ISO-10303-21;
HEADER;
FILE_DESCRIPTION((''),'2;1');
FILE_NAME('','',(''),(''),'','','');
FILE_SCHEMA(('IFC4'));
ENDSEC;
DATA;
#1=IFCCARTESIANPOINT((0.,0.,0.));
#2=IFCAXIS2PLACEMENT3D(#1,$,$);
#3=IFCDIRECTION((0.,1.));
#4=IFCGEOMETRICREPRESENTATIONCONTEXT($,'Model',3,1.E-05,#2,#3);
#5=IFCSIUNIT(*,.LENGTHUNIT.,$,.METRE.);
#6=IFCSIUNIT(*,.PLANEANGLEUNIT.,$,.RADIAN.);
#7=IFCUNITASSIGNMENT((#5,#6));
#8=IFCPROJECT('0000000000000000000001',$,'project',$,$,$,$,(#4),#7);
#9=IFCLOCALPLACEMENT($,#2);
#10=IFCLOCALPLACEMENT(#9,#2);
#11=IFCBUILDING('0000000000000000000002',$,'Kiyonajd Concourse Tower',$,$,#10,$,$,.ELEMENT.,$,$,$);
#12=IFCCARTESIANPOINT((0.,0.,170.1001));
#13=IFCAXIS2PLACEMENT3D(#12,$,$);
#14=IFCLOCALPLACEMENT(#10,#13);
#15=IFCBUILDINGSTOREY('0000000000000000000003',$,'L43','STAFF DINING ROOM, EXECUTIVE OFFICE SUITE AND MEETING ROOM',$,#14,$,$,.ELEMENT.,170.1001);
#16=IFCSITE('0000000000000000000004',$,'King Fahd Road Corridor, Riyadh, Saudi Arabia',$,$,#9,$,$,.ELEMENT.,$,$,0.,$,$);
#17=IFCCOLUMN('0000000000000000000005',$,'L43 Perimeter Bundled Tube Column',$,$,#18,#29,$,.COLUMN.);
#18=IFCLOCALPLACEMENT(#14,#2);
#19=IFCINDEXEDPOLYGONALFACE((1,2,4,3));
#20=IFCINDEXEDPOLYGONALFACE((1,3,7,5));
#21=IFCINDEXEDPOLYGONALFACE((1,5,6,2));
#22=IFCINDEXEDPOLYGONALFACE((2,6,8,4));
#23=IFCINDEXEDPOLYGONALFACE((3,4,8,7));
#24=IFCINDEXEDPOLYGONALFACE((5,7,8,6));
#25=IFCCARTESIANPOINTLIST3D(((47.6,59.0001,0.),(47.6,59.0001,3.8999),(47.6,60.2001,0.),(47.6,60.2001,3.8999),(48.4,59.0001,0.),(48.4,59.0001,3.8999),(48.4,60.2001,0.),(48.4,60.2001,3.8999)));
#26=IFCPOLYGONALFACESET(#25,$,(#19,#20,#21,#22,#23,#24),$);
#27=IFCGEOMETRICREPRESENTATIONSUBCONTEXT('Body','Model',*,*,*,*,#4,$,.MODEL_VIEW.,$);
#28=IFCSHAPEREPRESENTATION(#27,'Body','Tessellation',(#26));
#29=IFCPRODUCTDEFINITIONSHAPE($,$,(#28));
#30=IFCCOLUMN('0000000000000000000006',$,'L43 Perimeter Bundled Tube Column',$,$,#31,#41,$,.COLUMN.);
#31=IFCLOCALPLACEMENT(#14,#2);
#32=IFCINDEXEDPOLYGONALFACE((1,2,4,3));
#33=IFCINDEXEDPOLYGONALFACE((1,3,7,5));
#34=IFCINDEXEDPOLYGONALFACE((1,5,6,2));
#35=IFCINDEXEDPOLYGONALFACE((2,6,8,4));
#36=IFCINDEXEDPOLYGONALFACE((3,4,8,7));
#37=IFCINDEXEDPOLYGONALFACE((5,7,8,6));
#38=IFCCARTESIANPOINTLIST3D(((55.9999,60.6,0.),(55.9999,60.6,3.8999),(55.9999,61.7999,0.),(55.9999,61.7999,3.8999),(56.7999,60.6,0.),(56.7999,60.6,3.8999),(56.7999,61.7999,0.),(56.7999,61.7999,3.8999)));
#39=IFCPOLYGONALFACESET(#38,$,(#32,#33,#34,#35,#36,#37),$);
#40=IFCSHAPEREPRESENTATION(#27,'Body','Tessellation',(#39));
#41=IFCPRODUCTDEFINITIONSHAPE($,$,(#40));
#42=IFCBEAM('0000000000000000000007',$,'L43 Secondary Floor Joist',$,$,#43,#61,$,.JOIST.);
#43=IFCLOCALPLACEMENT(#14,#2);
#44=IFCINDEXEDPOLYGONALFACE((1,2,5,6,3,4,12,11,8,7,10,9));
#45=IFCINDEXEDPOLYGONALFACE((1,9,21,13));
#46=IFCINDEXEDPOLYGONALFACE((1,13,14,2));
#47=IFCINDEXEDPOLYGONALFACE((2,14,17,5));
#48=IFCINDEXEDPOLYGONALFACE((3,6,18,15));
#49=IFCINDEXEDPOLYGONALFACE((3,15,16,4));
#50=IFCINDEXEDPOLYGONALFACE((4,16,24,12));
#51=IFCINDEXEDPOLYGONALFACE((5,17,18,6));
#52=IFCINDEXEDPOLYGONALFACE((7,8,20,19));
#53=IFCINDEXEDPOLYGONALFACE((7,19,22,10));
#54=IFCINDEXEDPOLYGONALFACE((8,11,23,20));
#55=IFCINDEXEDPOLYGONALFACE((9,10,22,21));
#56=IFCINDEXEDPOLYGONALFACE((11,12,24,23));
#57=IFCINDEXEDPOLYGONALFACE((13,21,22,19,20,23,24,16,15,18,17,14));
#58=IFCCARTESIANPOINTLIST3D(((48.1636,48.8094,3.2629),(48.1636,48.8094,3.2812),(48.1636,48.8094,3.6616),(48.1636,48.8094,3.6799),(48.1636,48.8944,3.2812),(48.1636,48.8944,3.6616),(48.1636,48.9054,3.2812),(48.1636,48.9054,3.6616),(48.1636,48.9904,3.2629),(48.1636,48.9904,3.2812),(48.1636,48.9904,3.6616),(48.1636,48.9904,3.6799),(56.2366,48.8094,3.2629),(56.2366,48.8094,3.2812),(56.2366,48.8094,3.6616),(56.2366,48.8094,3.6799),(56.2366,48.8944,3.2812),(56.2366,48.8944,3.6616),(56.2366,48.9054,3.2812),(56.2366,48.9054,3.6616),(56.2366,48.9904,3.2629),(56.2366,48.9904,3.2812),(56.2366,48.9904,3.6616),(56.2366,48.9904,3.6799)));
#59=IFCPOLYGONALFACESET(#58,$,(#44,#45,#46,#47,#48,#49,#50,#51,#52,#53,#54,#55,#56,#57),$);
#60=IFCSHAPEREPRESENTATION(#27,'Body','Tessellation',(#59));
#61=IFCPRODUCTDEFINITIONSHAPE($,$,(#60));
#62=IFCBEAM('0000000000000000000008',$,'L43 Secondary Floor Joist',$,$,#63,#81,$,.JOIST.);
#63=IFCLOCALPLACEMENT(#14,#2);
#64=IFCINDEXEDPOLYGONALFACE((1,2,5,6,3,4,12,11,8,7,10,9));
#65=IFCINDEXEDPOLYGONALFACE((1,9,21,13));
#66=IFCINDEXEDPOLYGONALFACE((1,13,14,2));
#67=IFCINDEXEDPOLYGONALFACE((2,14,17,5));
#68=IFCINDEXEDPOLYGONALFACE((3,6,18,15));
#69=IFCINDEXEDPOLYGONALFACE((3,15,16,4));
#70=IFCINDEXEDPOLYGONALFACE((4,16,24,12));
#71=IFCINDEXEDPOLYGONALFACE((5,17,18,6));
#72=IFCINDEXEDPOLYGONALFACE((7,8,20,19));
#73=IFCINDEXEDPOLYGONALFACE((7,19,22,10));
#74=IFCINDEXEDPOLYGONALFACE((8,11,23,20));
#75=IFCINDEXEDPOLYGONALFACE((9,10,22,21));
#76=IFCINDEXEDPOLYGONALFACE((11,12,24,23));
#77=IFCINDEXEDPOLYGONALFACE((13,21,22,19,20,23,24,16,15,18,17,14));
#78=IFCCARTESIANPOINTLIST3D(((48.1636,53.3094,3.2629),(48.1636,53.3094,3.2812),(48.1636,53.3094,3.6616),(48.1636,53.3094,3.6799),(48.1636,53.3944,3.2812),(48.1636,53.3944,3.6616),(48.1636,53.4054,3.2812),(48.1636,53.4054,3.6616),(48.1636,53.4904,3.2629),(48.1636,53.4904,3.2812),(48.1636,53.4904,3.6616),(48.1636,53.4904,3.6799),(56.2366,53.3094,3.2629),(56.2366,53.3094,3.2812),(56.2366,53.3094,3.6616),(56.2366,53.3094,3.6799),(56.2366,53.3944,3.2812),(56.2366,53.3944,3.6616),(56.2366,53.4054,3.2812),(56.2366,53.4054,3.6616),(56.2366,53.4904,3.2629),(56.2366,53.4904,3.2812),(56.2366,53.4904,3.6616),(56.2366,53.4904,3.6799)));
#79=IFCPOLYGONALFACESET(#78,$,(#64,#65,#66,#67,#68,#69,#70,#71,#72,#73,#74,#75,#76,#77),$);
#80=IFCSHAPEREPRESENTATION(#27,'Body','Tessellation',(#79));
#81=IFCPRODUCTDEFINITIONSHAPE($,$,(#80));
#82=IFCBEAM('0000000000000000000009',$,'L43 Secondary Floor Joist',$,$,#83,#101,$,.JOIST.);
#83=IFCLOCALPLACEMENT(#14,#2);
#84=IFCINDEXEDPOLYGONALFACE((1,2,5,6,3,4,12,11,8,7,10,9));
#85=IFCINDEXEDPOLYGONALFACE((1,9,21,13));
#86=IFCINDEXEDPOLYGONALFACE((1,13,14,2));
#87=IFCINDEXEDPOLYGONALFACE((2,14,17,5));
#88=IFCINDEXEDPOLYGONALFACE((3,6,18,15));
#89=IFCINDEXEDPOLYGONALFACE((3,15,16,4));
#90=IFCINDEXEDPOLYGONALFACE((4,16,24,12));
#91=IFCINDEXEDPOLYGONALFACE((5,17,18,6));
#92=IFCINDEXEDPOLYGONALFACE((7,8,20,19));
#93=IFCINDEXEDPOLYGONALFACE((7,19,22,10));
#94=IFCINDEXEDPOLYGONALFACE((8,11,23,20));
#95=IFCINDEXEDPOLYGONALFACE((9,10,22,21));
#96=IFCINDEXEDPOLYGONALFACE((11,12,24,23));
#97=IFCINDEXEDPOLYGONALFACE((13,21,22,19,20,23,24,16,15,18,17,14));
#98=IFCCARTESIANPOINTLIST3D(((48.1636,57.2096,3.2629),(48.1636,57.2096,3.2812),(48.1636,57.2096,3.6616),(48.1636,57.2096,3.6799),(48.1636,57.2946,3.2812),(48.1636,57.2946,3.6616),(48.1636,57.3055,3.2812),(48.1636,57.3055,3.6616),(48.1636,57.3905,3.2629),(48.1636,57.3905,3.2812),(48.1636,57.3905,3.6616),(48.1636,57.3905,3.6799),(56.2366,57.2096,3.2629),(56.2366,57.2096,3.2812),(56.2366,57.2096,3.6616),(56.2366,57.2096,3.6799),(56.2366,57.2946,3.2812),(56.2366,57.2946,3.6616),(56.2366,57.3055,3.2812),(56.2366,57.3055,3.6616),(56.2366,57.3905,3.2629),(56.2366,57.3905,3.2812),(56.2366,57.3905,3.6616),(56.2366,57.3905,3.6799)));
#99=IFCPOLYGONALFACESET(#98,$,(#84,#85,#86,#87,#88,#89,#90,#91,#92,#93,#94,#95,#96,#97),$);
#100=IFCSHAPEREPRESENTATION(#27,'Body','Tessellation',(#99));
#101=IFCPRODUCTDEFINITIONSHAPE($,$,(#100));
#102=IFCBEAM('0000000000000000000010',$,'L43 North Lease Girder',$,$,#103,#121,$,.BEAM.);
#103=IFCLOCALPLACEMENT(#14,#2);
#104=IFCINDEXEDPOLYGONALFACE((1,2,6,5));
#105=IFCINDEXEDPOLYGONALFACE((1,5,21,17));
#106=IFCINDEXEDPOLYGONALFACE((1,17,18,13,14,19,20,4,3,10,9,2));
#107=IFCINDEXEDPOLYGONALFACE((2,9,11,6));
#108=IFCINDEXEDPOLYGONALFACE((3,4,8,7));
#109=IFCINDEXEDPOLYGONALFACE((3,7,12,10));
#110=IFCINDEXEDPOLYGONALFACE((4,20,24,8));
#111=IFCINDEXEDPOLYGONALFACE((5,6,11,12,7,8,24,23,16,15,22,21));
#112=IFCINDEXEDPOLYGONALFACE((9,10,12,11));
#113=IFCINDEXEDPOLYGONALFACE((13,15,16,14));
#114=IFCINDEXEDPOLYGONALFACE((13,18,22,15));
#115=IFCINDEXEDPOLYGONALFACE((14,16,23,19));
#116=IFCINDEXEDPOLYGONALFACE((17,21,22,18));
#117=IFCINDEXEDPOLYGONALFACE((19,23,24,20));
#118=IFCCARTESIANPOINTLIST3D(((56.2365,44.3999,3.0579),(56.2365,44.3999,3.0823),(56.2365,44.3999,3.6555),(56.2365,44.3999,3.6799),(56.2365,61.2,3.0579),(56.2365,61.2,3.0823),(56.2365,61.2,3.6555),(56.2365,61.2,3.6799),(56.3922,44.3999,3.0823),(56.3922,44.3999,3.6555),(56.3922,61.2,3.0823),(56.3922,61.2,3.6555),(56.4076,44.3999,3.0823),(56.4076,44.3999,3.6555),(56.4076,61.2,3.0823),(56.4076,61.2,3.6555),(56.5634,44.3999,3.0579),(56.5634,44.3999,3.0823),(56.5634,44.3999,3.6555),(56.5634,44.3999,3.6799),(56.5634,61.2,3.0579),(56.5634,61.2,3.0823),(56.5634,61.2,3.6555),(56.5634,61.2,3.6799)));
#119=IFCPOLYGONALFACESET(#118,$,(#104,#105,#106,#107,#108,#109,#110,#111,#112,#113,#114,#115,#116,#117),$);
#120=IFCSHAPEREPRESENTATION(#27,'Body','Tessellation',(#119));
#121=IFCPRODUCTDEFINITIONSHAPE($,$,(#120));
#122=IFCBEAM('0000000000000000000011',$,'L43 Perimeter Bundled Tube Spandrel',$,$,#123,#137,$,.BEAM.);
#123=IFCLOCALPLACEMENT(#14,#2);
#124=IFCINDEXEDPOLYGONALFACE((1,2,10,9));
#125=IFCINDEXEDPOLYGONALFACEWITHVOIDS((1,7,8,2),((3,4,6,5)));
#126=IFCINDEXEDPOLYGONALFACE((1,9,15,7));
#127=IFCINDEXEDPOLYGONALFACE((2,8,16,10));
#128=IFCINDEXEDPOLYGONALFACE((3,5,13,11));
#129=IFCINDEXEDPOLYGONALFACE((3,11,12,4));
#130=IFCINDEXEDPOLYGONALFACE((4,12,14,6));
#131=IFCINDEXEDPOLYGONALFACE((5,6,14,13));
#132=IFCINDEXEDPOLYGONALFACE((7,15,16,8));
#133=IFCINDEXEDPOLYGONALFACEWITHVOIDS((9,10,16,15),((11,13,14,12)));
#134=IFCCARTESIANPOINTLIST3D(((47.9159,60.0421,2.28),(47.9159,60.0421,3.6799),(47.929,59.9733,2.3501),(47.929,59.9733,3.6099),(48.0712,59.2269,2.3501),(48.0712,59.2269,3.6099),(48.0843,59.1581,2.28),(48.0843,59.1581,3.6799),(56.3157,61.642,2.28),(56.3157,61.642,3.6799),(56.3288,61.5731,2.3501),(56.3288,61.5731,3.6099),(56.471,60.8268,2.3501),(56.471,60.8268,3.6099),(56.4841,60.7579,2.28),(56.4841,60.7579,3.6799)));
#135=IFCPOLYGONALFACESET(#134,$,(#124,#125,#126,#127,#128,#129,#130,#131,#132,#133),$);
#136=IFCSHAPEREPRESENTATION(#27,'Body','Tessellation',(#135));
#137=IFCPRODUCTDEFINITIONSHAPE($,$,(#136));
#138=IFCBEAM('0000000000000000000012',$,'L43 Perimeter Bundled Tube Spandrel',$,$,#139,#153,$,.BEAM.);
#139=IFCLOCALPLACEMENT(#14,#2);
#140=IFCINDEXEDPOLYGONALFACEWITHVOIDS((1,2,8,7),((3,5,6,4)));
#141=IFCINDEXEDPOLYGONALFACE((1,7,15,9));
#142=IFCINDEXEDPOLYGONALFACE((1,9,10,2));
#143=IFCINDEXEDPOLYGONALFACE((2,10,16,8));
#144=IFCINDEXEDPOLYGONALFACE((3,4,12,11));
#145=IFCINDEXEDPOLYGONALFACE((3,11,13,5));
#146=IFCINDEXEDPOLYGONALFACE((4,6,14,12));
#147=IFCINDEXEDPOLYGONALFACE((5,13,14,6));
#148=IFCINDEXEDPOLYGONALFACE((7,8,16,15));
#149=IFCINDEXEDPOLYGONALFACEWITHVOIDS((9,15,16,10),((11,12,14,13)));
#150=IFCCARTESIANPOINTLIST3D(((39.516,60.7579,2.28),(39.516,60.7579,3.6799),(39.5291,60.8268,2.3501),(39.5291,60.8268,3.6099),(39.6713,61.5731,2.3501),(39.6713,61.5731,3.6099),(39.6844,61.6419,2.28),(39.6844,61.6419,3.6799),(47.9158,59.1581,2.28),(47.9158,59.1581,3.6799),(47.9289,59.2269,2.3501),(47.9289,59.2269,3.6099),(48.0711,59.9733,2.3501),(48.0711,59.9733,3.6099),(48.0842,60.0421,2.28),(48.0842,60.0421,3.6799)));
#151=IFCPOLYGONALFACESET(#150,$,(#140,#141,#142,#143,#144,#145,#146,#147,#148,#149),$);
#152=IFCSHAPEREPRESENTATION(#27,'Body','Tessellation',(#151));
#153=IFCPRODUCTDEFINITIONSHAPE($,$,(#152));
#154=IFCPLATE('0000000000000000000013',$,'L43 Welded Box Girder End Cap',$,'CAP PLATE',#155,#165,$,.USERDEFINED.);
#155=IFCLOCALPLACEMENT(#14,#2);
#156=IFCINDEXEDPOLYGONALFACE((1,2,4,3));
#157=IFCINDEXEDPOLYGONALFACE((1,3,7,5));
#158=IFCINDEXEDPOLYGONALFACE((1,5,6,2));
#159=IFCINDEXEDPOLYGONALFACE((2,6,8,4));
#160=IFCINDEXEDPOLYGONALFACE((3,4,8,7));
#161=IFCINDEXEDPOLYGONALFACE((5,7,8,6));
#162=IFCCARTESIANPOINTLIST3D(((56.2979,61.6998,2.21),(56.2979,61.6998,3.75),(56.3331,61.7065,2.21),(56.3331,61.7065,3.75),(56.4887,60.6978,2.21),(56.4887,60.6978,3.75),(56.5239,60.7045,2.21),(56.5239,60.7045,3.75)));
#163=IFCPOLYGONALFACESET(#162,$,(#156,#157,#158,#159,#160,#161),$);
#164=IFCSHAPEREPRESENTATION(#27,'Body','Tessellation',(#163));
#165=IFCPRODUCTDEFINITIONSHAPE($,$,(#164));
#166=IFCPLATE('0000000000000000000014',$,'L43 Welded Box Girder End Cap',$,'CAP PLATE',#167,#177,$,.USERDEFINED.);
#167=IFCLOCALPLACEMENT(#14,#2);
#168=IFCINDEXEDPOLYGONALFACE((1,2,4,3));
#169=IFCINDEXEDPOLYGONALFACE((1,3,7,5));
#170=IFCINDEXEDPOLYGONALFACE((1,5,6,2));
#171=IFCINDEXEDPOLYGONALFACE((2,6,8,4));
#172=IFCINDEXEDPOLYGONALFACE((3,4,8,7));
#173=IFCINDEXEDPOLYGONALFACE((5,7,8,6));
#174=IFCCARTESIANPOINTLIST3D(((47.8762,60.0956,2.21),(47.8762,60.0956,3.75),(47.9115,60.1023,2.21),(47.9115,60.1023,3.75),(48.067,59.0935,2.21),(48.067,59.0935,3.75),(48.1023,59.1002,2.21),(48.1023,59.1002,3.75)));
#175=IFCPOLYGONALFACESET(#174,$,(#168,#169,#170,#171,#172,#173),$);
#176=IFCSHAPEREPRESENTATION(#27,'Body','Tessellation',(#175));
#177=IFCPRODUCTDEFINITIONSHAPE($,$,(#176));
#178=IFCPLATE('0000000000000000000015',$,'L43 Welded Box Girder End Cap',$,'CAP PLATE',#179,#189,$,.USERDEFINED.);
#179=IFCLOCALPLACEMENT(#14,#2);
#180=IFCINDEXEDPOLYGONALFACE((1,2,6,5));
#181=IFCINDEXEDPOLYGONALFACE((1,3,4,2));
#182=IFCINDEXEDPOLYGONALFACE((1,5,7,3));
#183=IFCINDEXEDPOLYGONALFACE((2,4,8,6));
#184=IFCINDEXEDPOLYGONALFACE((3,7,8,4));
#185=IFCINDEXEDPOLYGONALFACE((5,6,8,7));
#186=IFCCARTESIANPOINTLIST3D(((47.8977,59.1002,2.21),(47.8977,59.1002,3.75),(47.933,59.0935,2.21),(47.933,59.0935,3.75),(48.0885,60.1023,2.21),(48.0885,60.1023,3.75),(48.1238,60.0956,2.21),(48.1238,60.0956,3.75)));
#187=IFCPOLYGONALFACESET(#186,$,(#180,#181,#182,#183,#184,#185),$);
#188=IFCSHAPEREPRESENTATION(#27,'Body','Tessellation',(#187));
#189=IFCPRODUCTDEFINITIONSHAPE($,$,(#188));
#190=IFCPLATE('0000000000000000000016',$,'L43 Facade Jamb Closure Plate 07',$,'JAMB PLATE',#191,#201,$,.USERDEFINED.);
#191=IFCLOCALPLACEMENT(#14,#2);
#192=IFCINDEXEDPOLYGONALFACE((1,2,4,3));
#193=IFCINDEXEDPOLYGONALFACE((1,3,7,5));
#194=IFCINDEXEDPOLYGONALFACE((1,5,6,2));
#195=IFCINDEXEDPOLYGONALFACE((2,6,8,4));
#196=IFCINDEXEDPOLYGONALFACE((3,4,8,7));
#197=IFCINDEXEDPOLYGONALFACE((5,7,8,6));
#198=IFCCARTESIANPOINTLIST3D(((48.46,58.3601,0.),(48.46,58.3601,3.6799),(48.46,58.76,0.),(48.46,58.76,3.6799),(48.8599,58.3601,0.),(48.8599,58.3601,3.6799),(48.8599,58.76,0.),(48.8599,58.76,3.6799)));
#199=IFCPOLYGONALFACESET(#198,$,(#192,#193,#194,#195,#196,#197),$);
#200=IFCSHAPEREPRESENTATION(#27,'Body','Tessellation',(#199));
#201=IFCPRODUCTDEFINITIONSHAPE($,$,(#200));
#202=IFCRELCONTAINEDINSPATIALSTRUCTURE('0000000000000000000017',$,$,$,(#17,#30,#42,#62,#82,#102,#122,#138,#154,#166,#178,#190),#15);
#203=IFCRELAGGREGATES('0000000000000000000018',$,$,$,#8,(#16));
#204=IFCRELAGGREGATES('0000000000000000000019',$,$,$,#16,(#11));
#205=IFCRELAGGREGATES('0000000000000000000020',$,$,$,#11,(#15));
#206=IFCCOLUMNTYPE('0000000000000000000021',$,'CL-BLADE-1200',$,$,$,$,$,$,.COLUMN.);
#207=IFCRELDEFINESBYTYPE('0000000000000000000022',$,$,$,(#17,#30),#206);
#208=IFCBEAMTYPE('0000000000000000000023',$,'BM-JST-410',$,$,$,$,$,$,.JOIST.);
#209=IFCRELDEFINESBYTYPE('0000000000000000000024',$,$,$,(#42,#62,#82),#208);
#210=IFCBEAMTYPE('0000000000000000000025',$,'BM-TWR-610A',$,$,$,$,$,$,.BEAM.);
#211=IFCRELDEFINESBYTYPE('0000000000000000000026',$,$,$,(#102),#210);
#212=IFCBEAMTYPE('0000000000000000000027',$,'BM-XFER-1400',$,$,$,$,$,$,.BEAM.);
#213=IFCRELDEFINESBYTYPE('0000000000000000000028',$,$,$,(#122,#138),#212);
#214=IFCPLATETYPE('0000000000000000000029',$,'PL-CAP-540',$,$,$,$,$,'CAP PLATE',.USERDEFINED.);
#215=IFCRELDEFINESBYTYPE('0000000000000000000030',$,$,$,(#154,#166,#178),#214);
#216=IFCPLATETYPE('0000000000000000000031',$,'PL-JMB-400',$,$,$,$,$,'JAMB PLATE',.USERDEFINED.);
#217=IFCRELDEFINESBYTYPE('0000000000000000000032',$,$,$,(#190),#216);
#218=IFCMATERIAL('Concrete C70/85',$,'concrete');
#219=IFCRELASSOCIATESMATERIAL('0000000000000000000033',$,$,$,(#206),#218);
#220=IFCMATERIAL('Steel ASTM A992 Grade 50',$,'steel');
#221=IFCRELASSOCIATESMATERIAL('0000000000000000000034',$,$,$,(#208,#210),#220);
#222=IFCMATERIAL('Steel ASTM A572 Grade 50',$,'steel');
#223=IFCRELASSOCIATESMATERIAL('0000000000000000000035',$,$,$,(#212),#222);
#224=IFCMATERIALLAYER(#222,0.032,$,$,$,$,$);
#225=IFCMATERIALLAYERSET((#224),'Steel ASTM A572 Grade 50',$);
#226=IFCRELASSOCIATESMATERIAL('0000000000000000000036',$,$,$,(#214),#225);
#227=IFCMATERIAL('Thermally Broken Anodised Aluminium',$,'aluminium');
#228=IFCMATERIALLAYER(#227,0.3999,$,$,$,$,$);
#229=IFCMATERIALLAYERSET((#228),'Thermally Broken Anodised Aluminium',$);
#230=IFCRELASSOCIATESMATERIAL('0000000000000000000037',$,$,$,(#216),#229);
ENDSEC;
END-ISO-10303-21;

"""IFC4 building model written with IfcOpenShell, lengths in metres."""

from ifc_helpers import new_model, si_unit, direction, frame, origin, origin_2d, place, context, subcontext, project, spatial, rectangle, hollow_rectangle, i_section, extrude, material, layer, layer_set, material_profile, profile_set, type_object, element, save


model = new_model("IFC4")

# Units and contexts
model_context = context("Model", 3, precision=1e-05, world=origin(), true_north=direction((0.0, 1.0)))
body_context = subcontext(model_context, "Body", "Model", "MODEL_VIEW")
ifc_project = project(units=[si_unit("LENGTHUNIT", "METRE"), si_unit("PLANEANGLEUNIT", "RADIAN")], contexts=[model_context])

# Site, building, storey
site_placement = place(None, origin())
site = spatial("IfcSite", under=ifc_project, at=site_placement, Name="King Fahd Road Corridor, Riyadh, Saudi Arabia", CompositionType="ELEMENT", RefElevation=0.0)
building_placement = place(site_placement, origin())
building = spatial("IfcBuilding", under=site, at=building_placement, Name="Kiyonajd Concourse Tower", CompositionType="ELEMENT")
storey_placement = place(building_placement, frame((0.0, 0.0, 170.1001)))
storey = spatial("IfcBuildingStorey", under=building, at=storey_placement, Name="L43", Description="STAFF DINING ROOM, EXECUTIVE OFFICE SUITE AND MEETING ROOM", CompositionType="ELEMENT", Elevation=170.1001)

# Columns
ifc_material_1 = material(Name="Concrete C70/85", Category="concrete")
ifc_material_profile_1 = material_profile(ifc_material_1, rectangle(XDim=0.8, YDim=1.2, at=origin_2d()), Name="RC-1200x800")
ifc_profile_set_1 = profile_set([ifc_material_profile_1], Name="Concrete C70/85")
column_type = type_object("IfcColumnType", Name="CL-BLADE-1200", PredefinedType="COLUMN", material=ifc_profile_set_1)
for number, where, z_axis, x_axis, name in (
    (1, (48.0, 59.6001, 0.0), (0.0, 0.0, 1.0), (1.0, 0.0, 0.0), "L43 Perimeter Bundled Tube Column"),
    (2, (56.3999, 61.2, 0.0), (0.0, 0.0, 1.0), (1.0, 0.0, 0.0), "L43 Perimeter Bundled Tube Column"),
):
    element("IfcColumn", number, at=place(storey_placement, frame(where, z_axis=z_axis, x_axis=x_axis)), inside=storey, type_object=column_type, Name=name, PredefinedType="COLUMN", context=body_context, shape_type="SweptSolid", body=[
        extrude(rectangle(XDim=0.8, YDim=1.2, at=origin_2d()), origin(), (0.0, 0.0, 1.0), 3.8999),
    ])

# Beams
ifc_material_2 = material(Name="Steel ASTM A992 Grade 50", Category="steel")
ifc_material_profile_2 = material_profile(ifc_material_2, i_section(OverallWidth=0.1809, OverallDepth=0.417, WebThickness=0.011, FlangeThickness=0.0183, at=origin_2d()), Name="W410X85")
ifc_profile_set_2 = profile_set([ifc_material_profile_2], Name="Steel ASTM A992 Grade 50")
beam_type_1 = type_object("IfcBeamType", Name="BM-JST-410", PredefinedType="JOIST", material=ifc_profile_set_2)
for number, where, z_axis, x_axis, name in (
    (3, (48.1636, 48.8999, 3.4714), (1.0, 0.0, 0.0), (0.0, 1.0, 0.0), "L43 Secondary Floor Joist"),
    (4, (48.1636, 53.3999, 3.4714), (1.0, 0.0, 0.0), (0.0, 1.0, 0.0), "L43 Secondary Floor Joist"),
    (5, (48.1636, 57.3, 3.4714), (1.0, 0.0, 0.0), (0.0, 1.0, 0.0), "L43 Secondary Floor Joist"),
):
    element("IfcBeam", number, at=place(storey_placement, frame(where, z_axis=z_axis, x_axis=x_axis)), inside=storey, type_object=beam_type_1, Name=name, PredefinedType="JOIST", context=body_context, shape_type="SweptSolid", body=[
        extrude(i_section(OverallWidth=0.1809, OverallDepth=0.417, WebThickness=0.011, FlangeThickness=0.0183, at=origin_2d()), origin(), (0.0, 0.0, 1.0), 8.073),
    ])
ifc_material_profile_3 = material_profile(ifc_material_2, i_section(OverallWidth=0.3269, OverallDepth=0.6221, WebThickness=0.0154, FlangeThickness=0.0244, at=origin_2d()), Name="W610X195")
ifc_profile_set_3 = profile_set([ifc_material_profile_3], Name="Steel ASTM A992 Grade 50")
beam_type_2 = type_object("IfcBeamType", Name="BM-TWR-610A", PredefinedType="BEAM", material=ifc_profile_set_3)
beam_placement = place(storey_placement, frame((56.3999, 44.3999, 3.3689), z_axis=(0.0, 1.0, 0.0), x_axis=(-1.0, 0.0, 0.0)))
element("IfcBeam", 6, at=beam_placement, inside=storey, type_object=beam_type_2, Name="L43 North Lease Girder", PredefinedType="BEAM", context=body_context, shape_type="SweptSolid", body=[
    extrude(i_section(OverallWidth=0.3269, OverallDepth=0.6221, WebThickness=0.0154, FlangeThickness=0.0244, at=origin_2d()), origin(), (0.0, 0.0, 1.0), 16.8),
])
ifc_material_3 = material(Name="Steel ASTM A572 Grade 50", Category="steel")
ifc_material_profile_4 = material_profile(ifc_material_3, hollow_rectangle(XDim=0.8999, YDim=1.3999, WallThickness=0.0701, at=origin_2d()), Name="BOX-1400x900x70")
ifc_profile_set_4 = profile_set([ifc_material_profile_4], Name="Steel ASTM A572 Grade 50")
beam_type_3 = type_object("IfcBeamType", Name="BM-XFER-1400", PredefinedType="BEAM", material=ifc_profile_set_4)
for number, where, z_axis, x_axis, name in (
    (7, (56.3999, 61.2, 2.98), (-0.982341, -0.187098, 0.0), (0.187098, -0.982341, 0.0), "L43 Perimeter Bundled Tube Spandrel"),
    (8, (48.0, 59.6001, 2.98), (-0.982341, 0.187098, 0.0), (-0.187098, -0.982341, 0.0), "L43 Perimeter Bundled Tube Spandrel"),
):
    element("IfcBeam", number, at=place(storey_placement, frame(where, z_axis=z_axis, x_axis=x_axis)), inside=storey, type_object=beam_type_3, Name=name, PredefinedType="BEAM", context=body_context, shape_type="SweptSolid", body=[
        extrude(hollow_rectangle(XDim=0.8999, YDim=1.3999, WallThickness=0.0701, at=origin_2d()), origin(), (0.0, 0.0, 1.0), 8.5508),
    ])

# Plates
ifc_layer_1 = layer(ifc_material_3, 0.032)
ifc_layer_set_1 = layer_set([ifc_layer_1], Name="Steel ASTM A572 Grade 50")
plate_type_1 = type_object("IfcPlateType", Name="PL-CAP-540", ElementType="CAP PLATE", PredefinedType="USERDEFINED", material=ifc_layer_set_1)
for number, where, z_axis, x_axis, name in (
    (9, (56.4109, 61.2021, 2.21), (0.0, 0.0, 1.0), (0.982353, 0.187038, 0.0), "L43 Welded Box Girder End Cap"),
    (10, (47.9893, 59.5979, 2.21), (0.0, 0.0, 1.0), (-0.982353, -0.187038, 0.0), "L43 Welded Box Girder End Cap"),
    (11, (48.0107, 59.5979, 2.21), (0.0, 0.0, 1.0), (0.982353, -0.187038, 0.0), "L43 Welded Box Girder End Cap"),
):
    element("IfcPlate", number, at=place(storey_placement, frame(where, z_axis=z_axis, x_axis=x_axis)), inside=storey, type_object=plate_type_1, Name=name, ObjectType="CAP PLATE", PredefinedType="USERDEFINED", context=body_context, shape_type="SweptSolid", body=[
        extrude(rectangle(XDim=0.0359, YDim=1.02, at=origin_2d()), origin(), (0.0, 0.0, 1.0), 1.54),
    ])
ifc_material_4 = material(Name="Thermally Broken Anodised Aluminium", Category="aluminium")
ifc_layer_2 = layer(ifc_material_4, 0.3999)
ifc_layer_set_2 = layer_set([ifc_layer_2], Name="Thermally Broken Anodised Aluminium")
plate_type_2 = type_object("IfcPlateType", Name="PL-JMB-400", ElementType="JAMB PLATE", PredefinedType="USERDEFINED", material=ifc_layer_set_2)
for number, where, z_axis, x_axis, name in (
    (12, (48.6599, 58.5601, 0.0), (0.0, 0.0, 1.0), (1.0, 0.0, 0.0), "L43 Facade Jamb Closure Plate 07"),
):
    element("IfcPlate", number, at=place(storey_placement, frame(where, z_axis=z_axis, x_axis=x_axis)), inside=storey, type_object=plate_type_2, Name=name, ObjectType="JAMB PLATE", PredefinedType="USERDEFINED", context=body_context, shape_type="SweptSolid", body=[
        extrude(rectangle(XDim=0.3999, YDim=0.3999, at=origin_2d()), origin(), (0.0, 0.0, 1.0), 3.6799),
    ])

save(model, "model.ifc")
